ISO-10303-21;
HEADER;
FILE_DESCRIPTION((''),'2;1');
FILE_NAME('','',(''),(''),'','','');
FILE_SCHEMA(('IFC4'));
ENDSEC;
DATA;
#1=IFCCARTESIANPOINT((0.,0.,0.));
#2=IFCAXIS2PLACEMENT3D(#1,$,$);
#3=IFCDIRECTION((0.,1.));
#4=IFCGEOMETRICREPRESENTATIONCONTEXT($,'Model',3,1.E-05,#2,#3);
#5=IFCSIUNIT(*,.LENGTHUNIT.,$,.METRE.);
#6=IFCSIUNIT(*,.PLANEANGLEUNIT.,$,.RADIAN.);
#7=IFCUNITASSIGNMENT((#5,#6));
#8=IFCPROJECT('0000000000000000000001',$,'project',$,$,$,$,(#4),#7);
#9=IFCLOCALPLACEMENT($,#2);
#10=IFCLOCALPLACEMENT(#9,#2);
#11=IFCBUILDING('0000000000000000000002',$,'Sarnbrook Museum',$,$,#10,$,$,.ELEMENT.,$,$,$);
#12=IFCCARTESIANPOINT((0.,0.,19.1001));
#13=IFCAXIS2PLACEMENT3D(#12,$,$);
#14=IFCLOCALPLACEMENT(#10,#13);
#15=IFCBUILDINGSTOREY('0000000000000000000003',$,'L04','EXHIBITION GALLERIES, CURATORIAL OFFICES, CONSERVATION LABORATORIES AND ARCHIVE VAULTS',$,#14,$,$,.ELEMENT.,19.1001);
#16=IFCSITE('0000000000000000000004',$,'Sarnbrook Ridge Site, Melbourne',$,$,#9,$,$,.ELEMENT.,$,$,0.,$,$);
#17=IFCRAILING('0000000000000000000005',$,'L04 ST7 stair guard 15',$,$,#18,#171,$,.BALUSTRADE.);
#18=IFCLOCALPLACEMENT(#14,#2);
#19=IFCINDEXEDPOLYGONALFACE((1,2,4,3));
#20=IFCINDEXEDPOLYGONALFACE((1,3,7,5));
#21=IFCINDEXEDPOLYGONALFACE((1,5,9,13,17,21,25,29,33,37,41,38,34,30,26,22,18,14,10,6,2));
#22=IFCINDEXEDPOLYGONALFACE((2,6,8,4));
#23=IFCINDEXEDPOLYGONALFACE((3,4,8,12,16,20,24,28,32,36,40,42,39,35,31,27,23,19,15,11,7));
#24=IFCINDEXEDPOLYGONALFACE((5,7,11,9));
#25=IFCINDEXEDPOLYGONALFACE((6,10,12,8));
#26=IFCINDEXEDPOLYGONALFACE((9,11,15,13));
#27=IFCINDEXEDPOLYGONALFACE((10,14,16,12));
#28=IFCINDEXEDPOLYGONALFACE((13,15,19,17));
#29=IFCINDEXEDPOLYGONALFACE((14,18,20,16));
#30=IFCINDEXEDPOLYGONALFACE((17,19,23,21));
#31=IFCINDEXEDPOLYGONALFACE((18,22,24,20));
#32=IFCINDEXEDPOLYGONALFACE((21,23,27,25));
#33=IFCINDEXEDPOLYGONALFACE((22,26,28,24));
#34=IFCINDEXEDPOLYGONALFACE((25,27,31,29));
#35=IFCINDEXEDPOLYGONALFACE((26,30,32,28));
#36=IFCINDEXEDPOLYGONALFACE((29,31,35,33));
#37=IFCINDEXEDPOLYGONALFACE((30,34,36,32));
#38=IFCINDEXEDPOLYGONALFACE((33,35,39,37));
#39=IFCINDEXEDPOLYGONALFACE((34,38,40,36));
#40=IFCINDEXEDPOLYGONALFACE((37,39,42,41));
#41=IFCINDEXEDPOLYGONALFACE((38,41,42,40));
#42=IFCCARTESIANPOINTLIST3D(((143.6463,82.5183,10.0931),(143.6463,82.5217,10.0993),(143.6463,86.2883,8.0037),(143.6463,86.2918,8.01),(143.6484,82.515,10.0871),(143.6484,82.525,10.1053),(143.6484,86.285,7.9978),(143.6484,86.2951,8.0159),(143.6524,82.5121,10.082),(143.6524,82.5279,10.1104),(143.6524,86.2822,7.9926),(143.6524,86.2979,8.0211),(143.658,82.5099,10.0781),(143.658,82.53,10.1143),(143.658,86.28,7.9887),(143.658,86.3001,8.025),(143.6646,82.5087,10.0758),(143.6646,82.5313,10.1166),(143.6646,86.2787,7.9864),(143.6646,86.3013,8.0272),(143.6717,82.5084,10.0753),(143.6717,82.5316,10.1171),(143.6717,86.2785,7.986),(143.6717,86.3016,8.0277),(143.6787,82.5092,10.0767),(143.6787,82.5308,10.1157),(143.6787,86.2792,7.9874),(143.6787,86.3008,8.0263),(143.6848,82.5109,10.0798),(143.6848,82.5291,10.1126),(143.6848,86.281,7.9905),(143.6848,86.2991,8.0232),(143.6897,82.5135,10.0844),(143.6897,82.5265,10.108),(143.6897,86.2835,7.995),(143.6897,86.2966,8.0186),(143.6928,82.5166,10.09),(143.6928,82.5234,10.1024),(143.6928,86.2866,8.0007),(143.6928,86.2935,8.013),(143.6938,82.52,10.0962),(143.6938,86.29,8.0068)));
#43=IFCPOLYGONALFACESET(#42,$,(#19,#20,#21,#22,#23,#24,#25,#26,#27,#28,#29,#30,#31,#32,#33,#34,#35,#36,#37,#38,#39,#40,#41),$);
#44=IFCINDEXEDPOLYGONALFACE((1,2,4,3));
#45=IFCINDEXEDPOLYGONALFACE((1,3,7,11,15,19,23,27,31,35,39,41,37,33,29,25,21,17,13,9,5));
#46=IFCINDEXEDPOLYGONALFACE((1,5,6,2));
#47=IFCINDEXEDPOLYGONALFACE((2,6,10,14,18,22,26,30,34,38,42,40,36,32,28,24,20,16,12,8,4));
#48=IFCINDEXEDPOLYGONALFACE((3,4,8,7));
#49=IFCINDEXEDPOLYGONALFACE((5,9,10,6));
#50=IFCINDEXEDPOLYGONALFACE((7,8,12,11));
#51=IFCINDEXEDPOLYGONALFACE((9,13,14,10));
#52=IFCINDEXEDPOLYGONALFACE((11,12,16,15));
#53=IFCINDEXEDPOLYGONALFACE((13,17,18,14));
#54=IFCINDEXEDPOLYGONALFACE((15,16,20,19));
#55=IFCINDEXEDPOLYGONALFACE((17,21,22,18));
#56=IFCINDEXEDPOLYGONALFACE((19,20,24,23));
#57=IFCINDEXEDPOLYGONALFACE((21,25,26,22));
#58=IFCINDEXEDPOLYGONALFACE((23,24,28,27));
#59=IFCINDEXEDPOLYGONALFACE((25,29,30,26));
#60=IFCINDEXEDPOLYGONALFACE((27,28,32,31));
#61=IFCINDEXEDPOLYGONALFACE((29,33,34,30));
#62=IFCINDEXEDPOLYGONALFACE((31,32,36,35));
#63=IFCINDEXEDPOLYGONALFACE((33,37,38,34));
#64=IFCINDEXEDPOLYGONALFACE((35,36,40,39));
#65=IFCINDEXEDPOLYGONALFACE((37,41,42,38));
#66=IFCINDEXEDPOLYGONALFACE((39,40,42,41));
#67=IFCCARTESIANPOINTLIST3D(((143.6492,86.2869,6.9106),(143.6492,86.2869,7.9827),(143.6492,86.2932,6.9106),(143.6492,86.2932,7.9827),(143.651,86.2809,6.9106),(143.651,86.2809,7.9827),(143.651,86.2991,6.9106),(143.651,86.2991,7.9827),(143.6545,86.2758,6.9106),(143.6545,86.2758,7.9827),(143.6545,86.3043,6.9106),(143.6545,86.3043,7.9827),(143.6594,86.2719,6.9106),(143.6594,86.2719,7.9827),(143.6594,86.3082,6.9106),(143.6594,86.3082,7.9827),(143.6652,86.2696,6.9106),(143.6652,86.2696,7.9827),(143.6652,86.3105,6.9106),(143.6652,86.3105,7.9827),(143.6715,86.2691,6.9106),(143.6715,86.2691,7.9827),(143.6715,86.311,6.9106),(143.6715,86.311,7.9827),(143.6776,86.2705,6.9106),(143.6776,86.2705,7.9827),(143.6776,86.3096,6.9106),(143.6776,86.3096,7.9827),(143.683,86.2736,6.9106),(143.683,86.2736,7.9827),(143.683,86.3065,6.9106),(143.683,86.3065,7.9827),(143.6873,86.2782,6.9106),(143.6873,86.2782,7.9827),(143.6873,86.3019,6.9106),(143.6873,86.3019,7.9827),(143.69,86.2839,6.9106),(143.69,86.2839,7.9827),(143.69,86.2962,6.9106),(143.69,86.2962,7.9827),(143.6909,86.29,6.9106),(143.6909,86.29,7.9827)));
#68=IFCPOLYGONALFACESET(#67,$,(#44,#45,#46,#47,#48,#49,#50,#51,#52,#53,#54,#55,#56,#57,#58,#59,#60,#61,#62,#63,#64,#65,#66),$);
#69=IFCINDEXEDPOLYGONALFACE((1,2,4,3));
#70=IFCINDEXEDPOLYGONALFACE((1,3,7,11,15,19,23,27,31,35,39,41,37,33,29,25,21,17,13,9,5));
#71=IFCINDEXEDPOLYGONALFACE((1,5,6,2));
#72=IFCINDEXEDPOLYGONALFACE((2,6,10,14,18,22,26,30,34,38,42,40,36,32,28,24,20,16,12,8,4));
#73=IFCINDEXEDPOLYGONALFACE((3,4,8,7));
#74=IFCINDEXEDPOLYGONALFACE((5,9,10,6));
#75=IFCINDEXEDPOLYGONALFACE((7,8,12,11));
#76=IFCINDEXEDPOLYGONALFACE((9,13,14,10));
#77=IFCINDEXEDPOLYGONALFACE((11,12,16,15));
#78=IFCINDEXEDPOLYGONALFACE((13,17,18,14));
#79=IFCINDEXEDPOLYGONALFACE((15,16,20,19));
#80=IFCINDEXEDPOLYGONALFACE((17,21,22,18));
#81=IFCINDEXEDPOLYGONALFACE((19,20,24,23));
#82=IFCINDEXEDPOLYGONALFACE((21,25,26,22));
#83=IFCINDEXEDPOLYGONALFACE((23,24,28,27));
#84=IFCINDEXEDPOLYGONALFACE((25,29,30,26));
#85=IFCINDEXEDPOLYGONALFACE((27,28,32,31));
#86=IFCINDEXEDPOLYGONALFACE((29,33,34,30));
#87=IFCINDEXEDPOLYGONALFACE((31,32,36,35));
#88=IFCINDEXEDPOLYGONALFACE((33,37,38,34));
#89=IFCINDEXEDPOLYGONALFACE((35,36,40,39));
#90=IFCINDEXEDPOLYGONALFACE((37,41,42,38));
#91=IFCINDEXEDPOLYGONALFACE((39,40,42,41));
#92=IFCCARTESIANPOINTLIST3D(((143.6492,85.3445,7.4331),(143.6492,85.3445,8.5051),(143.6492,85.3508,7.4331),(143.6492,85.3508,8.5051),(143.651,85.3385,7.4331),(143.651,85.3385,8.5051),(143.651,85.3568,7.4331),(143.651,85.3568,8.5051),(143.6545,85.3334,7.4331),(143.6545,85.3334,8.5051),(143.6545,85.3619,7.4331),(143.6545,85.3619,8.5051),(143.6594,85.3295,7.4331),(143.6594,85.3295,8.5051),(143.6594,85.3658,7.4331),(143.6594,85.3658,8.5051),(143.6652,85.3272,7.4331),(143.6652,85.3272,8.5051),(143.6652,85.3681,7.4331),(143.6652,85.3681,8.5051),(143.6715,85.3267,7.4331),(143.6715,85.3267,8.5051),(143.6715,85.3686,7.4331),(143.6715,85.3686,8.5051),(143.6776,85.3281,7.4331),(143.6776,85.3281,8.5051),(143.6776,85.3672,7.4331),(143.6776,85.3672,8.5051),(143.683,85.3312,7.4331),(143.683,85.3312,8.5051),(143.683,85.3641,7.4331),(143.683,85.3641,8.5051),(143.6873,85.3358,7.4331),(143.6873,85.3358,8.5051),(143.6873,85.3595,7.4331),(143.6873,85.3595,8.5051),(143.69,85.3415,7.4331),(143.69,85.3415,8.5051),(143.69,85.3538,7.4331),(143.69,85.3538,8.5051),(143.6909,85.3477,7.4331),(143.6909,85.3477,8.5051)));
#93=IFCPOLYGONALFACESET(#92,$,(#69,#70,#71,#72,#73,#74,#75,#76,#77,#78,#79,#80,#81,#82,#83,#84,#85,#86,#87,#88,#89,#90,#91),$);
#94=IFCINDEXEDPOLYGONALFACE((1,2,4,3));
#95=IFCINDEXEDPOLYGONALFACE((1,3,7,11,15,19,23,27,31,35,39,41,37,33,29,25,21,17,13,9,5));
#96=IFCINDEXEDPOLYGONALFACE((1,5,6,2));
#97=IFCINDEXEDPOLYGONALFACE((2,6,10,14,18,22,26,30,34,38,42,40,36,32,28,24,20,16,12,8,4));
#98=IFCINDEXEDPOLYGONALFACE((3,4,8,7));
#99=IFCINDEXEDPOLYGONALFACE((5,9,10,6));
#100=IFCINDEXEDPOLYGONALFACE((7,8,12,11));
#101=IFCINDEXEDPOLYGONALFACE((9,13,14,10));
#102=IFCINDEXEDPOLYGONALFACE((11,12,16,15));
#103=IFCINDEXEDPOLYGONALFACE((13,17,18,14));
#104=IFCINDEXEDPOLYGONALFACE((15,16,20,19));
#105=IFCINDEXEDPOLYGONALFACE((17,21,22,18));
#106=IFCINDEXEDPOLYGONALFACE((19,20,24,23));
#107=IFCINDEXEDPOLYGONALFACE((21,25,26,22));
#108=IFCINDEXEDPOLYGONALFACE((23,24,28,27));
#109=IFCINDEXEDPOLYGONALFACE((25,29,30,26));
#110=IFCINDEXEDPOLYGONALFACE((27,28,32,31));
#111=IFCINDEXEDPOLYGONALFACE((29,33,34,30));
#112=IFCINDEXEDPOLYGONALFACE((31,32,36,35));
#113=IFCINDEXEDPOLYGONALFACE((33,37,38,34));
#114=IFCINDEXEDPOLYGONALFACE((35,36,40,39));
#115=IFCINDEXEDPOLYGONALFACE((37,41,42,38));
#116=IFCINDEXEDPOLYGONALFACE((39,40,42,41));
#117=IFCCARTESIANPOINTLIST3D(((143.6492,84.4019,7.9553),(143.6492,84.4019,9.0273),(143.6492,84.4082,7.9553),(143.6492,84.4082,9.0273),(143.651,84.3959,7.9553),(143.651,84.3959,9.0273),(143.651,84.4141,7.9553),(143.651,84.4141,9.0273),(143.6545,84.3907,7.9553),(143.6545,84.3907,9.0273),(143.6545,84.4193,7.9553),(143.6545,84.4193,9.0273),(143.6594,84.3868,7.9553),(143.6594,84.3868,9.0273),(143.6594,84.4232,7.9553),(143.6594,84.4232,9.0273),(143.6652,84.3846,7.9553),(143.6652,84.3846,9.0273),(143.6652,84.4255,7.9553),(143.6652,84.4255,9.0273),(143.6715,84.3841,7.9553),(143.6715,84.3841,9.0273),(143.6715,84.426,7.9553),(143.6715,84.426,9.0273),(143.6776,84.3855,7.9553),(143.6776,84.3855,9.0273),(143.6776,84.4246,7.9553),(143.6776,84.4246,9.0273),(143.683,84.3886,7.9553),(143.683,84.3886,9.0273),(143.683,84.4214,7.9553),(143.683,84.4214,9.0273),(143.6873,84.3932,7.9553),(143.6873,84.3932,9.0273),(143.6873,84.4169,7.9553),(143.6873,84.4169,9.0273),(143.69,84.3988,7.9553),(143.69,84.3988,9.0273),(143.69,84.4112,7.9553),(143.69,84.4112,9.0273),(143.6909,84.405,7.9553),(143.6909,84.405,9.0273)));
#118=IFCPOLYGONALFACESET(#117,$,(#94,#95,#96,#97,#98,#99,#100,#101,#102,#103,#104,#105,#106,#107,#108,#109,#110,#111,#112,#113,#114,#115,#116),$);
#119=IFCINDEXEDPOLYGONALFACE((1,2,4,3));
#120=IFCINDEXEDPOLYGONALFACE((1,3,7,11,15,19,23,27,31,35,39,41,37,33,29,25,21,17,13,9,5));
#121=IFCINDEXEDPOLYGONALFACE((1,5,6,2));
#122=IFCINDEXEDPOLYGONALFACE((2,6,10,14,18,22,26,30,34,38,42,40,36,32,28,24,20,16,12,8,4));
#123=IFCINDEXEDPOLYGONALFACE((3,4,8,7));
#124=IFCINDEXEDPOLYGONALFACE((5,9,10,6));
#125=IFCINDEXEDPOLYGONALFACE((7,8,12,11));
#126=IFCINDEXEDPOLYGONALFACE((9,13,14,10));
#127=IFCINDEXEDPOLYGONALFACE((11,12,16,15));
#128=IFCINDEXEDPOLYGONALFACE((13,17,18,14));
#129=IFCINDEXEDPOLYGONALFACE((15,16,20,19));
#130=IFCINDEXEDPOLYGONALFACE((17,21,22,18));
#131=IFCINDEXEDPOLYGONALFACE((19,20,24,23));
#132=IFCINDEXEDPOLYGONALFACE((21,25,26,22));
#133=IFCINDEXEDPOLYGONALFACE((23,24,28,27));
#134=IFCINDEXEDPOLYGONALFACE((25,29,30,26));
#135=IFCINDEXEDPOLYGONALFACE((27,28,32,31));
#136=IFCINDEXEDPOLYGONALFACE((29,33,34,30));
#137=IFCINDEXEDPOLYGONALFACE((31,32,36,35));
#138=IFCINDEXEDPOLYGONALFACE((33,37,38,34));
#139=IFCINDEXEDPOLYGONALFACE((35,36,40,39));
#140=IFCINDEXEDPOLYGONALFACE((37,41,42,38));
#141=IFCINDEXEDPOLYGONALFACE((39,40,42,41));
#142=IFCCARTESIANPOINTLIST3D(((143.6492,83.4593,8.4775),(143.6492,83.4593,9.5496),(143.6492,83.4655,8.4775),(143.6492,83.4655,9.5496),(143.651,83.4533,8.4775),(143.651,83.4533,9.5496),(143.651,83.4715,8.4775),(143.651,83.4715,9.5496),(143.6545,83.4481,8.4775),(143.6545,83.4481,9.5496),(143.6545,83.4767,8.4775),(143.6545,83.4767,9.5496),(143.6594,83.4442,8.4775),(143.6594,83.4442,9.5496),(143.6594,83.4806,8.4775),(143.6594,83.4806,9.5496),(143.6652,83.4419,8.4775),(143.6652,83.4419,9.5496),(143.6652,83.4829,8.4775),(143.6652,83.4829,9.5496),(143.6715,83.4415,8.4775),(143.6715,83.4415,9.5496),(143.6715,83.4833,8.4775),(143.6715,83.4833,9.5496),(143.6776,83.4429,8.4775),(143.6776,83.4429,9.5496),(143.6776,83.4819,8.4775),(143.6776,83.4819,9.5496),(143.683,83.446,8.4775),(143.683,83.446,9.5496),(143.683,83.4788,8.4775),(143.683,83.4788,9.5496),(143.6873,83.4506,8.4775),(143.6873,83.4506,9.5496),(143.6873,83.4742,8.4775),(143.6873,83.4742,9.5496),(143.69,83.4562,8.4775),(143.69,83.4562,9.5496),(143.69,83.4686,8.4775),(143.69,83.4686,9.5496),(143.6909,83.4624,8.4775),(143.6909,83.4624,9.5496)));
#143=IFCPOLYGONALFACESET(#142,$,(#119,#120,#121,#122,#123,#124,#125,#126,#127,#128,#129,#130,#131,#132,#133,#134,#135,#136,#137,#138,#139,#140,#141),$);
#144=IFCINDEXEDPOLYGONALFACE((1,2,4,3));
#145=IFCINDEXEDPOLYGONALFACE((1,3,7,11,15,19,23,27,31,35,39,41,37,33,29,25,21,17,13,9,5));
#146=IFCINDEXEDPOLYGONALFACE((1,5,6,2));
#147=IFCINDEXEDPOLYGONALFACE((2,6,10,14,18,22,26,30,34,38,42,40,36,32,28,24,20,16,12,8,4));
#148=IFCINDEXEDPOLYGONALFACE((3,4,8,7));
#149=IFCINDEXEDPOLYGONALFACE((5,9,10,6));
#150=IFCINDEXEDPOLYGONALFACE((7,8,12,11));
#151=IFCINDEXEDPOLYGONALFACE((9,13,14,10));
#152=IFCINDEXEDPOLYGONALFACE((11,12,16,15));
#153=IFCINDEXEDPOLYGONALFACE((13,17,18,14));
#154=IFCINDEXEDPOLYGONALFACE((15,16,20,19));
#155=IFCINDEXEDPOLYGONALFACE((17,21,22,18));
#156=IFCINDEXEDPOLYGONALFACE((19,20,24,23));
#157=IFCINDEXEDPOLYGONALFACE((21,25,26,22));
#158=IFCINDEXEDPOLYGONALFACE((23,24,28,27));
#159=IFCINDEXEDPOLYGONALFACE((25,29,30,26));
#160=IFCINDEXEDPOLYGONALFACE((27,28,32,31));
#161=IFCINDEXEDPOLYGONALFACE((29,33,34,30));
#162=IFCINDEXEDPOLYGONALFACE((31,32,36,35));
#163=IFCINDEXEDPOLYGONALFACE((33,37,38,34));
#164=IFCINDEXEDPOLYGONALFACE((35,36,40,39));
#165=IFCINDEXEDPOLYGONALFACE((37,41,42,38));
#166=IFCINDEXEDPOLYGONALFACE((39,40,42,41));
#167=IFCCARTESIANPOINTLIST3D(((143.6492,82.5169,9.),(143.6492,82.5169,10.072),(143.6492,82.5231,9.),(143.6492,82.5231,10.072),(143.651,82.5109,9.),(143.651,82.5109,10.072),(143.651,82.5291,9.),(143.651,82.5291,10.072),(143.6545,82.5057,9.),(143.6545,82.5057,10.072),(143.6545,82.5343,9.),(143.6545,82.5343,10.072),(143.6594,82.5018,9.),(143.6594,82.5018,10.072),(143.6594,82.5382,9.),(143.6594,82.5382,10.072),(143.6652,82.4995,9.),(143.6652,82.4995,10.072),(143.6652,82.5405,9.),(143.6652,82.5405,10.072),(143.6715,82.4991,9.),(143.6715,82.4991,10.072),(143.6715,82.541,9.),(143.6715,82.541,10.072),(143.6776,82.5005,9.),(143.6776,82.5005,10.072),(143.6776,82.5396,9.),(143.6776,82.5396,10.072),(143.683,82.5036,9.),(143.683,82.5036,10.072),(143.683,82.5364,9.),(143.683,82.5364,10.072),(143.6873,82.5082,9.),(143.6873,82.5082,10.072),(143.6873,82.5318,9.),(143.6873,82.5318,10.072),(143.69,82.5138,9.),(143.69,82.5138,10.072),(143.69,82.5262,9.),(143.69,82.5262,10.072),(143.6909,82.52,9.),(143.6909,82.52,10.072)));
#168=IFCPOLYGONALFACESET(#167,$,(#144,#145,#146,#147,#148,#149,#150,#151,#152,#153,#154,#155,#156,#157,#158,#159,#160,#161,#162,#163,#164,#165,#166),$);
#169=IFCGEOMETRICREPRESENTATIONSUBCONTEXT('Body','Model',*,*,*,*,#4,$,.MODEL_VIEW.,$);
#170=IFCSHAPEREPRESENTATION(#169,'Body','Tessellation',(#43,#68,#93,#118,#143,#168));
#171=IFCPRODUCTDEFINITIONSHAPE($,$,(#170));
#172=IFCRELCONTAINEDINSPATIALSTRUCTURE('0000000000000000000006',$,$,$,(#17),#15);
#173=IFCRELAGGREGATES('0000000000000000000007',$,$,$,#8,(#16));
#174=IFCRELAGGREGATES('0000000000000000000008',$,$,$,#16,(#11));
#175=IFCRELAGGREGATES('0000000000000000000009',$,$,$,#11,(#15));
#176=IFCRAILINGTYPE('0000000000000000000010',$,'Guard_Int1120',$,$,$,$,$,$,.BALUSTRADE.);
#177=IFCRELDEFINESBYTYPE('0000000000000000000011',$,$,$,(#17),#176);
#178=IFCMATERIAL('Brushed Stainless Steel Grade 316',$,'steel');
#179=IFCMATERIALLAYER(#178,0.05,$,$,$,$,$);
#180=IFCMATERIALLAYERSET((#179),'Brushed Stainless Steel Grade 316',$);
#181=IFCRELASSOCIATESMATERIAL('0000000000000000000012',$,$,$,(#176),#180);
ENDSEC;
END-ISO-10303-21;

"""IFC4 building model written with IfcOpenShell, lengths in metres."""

from ifc_helpers import new_model, si_unit, direction, frame, origin, origin_2d, place, context, subcontext, project, spatial, circle, extrude, material, layer, layer_set, type_object, element, save


model = new_model("IFC4")

# Units and contexts
model_context = context("Model", 3, precision=1e-05, world=origin(), true_north=direction((0.0, 1.0)))
body_context = subcontext(model_context, "Body", "Model", "MODEL_VIEW")
ifc_project = project(units=[si_unit("LENGTHUNIT", "METRE"), si_unit("PLANEANGLEUNIT", "RADIAN")], contexts=[model_context])

# Site, building, storey
site_placement = place(None, origin())
site = spatial("IfcSite", under=ifc_project, at=site_placement, Name="Sarnbrook Ridge Site, Melbourne", CompositionType="ELEMENT", RefElevation=0.0)
building_placement = place(site_placement, origin())
building = spatial("IfcBuilding", under=site, at=building_placement, Name="Sarnbrook Museum", CompositionType="ELEMENT")
storey_placement = place(building_placement, frame((0.0, 0.0, 19.1001)))
storey = spatial("IfcBuildingStorey", under=building, at=storey_placement, Name="L04", Description="EXHIBITION GALLERIES, CURATORIAL OFFICES, CONSERVATION LABORATORIES AND ARCHIVE VAULTS", CompositionType="ELEMENT", Elevation=19.1001)

# Railing
ifc_material_1 = material(Name="Brushed Stainless Steel Grade 316", Category="steel")
ifc_layer_1 = layer(ifc_material_1, 0.05)
ifc_layer_set_1 = layer_set([ifc_layer_1], Name="Brushed Stainless Steel Grade 316")
railing_type = type_object("IfcRailingType", Name="Guard_Int1120", PredefinedType="BALUSTRADE", material=ifc_layer_set_1)
railing_1_placement = place(storey_placement, frame((143.6699, 86.29, 6.9106)))
element("IfcRailing", 1, at=railing_1_placement, inside=storey, type_object=railing_type, Name="L04 ST7 stair guard 15", PredefinedType="BALUSTRADE", context=body_context, shape_type="SweptSolid", body=[
    extrude(circle(Radius=0.0239, at=origin_2d()), frame((0.0, 0.0, 1.0962), z_axis=(0.0, -0.874659, 0.484739), x_axis=(1.0, 0.0, 0.0)), (0.0, 0.0, 1.0), 4.3103),
    extrude(circle(Radius=0.021, at=origin_2d()), origin(), (0.0, 0.0, 1.0), 1.072),
    extrude(circle(Radius=0.021, at=origin_2d()), frame((0.0, -0.9424, 0.5225)), (0.0, 0.0, 1.0), 1.072),
    extrude(circle(Radius=0.021, at=origin_2d()), frame((0.0, -1.885, 1.0447)), (0.0, 0.0, 1.0), 1.072),
    extrude(circle(Radius=0.021, at=origin_2d()), frame((0.0, -2.8276, 1.5669)), (0.0, 0.0, 1.0), 1.072),
    extrude(circle(Radius=0.021, at=origin_2d()), frame((0.0, -3.77, 2.0894)), (0.0, 0.0, 1.0), 1.072),
])

save(model, "model.ifc")
